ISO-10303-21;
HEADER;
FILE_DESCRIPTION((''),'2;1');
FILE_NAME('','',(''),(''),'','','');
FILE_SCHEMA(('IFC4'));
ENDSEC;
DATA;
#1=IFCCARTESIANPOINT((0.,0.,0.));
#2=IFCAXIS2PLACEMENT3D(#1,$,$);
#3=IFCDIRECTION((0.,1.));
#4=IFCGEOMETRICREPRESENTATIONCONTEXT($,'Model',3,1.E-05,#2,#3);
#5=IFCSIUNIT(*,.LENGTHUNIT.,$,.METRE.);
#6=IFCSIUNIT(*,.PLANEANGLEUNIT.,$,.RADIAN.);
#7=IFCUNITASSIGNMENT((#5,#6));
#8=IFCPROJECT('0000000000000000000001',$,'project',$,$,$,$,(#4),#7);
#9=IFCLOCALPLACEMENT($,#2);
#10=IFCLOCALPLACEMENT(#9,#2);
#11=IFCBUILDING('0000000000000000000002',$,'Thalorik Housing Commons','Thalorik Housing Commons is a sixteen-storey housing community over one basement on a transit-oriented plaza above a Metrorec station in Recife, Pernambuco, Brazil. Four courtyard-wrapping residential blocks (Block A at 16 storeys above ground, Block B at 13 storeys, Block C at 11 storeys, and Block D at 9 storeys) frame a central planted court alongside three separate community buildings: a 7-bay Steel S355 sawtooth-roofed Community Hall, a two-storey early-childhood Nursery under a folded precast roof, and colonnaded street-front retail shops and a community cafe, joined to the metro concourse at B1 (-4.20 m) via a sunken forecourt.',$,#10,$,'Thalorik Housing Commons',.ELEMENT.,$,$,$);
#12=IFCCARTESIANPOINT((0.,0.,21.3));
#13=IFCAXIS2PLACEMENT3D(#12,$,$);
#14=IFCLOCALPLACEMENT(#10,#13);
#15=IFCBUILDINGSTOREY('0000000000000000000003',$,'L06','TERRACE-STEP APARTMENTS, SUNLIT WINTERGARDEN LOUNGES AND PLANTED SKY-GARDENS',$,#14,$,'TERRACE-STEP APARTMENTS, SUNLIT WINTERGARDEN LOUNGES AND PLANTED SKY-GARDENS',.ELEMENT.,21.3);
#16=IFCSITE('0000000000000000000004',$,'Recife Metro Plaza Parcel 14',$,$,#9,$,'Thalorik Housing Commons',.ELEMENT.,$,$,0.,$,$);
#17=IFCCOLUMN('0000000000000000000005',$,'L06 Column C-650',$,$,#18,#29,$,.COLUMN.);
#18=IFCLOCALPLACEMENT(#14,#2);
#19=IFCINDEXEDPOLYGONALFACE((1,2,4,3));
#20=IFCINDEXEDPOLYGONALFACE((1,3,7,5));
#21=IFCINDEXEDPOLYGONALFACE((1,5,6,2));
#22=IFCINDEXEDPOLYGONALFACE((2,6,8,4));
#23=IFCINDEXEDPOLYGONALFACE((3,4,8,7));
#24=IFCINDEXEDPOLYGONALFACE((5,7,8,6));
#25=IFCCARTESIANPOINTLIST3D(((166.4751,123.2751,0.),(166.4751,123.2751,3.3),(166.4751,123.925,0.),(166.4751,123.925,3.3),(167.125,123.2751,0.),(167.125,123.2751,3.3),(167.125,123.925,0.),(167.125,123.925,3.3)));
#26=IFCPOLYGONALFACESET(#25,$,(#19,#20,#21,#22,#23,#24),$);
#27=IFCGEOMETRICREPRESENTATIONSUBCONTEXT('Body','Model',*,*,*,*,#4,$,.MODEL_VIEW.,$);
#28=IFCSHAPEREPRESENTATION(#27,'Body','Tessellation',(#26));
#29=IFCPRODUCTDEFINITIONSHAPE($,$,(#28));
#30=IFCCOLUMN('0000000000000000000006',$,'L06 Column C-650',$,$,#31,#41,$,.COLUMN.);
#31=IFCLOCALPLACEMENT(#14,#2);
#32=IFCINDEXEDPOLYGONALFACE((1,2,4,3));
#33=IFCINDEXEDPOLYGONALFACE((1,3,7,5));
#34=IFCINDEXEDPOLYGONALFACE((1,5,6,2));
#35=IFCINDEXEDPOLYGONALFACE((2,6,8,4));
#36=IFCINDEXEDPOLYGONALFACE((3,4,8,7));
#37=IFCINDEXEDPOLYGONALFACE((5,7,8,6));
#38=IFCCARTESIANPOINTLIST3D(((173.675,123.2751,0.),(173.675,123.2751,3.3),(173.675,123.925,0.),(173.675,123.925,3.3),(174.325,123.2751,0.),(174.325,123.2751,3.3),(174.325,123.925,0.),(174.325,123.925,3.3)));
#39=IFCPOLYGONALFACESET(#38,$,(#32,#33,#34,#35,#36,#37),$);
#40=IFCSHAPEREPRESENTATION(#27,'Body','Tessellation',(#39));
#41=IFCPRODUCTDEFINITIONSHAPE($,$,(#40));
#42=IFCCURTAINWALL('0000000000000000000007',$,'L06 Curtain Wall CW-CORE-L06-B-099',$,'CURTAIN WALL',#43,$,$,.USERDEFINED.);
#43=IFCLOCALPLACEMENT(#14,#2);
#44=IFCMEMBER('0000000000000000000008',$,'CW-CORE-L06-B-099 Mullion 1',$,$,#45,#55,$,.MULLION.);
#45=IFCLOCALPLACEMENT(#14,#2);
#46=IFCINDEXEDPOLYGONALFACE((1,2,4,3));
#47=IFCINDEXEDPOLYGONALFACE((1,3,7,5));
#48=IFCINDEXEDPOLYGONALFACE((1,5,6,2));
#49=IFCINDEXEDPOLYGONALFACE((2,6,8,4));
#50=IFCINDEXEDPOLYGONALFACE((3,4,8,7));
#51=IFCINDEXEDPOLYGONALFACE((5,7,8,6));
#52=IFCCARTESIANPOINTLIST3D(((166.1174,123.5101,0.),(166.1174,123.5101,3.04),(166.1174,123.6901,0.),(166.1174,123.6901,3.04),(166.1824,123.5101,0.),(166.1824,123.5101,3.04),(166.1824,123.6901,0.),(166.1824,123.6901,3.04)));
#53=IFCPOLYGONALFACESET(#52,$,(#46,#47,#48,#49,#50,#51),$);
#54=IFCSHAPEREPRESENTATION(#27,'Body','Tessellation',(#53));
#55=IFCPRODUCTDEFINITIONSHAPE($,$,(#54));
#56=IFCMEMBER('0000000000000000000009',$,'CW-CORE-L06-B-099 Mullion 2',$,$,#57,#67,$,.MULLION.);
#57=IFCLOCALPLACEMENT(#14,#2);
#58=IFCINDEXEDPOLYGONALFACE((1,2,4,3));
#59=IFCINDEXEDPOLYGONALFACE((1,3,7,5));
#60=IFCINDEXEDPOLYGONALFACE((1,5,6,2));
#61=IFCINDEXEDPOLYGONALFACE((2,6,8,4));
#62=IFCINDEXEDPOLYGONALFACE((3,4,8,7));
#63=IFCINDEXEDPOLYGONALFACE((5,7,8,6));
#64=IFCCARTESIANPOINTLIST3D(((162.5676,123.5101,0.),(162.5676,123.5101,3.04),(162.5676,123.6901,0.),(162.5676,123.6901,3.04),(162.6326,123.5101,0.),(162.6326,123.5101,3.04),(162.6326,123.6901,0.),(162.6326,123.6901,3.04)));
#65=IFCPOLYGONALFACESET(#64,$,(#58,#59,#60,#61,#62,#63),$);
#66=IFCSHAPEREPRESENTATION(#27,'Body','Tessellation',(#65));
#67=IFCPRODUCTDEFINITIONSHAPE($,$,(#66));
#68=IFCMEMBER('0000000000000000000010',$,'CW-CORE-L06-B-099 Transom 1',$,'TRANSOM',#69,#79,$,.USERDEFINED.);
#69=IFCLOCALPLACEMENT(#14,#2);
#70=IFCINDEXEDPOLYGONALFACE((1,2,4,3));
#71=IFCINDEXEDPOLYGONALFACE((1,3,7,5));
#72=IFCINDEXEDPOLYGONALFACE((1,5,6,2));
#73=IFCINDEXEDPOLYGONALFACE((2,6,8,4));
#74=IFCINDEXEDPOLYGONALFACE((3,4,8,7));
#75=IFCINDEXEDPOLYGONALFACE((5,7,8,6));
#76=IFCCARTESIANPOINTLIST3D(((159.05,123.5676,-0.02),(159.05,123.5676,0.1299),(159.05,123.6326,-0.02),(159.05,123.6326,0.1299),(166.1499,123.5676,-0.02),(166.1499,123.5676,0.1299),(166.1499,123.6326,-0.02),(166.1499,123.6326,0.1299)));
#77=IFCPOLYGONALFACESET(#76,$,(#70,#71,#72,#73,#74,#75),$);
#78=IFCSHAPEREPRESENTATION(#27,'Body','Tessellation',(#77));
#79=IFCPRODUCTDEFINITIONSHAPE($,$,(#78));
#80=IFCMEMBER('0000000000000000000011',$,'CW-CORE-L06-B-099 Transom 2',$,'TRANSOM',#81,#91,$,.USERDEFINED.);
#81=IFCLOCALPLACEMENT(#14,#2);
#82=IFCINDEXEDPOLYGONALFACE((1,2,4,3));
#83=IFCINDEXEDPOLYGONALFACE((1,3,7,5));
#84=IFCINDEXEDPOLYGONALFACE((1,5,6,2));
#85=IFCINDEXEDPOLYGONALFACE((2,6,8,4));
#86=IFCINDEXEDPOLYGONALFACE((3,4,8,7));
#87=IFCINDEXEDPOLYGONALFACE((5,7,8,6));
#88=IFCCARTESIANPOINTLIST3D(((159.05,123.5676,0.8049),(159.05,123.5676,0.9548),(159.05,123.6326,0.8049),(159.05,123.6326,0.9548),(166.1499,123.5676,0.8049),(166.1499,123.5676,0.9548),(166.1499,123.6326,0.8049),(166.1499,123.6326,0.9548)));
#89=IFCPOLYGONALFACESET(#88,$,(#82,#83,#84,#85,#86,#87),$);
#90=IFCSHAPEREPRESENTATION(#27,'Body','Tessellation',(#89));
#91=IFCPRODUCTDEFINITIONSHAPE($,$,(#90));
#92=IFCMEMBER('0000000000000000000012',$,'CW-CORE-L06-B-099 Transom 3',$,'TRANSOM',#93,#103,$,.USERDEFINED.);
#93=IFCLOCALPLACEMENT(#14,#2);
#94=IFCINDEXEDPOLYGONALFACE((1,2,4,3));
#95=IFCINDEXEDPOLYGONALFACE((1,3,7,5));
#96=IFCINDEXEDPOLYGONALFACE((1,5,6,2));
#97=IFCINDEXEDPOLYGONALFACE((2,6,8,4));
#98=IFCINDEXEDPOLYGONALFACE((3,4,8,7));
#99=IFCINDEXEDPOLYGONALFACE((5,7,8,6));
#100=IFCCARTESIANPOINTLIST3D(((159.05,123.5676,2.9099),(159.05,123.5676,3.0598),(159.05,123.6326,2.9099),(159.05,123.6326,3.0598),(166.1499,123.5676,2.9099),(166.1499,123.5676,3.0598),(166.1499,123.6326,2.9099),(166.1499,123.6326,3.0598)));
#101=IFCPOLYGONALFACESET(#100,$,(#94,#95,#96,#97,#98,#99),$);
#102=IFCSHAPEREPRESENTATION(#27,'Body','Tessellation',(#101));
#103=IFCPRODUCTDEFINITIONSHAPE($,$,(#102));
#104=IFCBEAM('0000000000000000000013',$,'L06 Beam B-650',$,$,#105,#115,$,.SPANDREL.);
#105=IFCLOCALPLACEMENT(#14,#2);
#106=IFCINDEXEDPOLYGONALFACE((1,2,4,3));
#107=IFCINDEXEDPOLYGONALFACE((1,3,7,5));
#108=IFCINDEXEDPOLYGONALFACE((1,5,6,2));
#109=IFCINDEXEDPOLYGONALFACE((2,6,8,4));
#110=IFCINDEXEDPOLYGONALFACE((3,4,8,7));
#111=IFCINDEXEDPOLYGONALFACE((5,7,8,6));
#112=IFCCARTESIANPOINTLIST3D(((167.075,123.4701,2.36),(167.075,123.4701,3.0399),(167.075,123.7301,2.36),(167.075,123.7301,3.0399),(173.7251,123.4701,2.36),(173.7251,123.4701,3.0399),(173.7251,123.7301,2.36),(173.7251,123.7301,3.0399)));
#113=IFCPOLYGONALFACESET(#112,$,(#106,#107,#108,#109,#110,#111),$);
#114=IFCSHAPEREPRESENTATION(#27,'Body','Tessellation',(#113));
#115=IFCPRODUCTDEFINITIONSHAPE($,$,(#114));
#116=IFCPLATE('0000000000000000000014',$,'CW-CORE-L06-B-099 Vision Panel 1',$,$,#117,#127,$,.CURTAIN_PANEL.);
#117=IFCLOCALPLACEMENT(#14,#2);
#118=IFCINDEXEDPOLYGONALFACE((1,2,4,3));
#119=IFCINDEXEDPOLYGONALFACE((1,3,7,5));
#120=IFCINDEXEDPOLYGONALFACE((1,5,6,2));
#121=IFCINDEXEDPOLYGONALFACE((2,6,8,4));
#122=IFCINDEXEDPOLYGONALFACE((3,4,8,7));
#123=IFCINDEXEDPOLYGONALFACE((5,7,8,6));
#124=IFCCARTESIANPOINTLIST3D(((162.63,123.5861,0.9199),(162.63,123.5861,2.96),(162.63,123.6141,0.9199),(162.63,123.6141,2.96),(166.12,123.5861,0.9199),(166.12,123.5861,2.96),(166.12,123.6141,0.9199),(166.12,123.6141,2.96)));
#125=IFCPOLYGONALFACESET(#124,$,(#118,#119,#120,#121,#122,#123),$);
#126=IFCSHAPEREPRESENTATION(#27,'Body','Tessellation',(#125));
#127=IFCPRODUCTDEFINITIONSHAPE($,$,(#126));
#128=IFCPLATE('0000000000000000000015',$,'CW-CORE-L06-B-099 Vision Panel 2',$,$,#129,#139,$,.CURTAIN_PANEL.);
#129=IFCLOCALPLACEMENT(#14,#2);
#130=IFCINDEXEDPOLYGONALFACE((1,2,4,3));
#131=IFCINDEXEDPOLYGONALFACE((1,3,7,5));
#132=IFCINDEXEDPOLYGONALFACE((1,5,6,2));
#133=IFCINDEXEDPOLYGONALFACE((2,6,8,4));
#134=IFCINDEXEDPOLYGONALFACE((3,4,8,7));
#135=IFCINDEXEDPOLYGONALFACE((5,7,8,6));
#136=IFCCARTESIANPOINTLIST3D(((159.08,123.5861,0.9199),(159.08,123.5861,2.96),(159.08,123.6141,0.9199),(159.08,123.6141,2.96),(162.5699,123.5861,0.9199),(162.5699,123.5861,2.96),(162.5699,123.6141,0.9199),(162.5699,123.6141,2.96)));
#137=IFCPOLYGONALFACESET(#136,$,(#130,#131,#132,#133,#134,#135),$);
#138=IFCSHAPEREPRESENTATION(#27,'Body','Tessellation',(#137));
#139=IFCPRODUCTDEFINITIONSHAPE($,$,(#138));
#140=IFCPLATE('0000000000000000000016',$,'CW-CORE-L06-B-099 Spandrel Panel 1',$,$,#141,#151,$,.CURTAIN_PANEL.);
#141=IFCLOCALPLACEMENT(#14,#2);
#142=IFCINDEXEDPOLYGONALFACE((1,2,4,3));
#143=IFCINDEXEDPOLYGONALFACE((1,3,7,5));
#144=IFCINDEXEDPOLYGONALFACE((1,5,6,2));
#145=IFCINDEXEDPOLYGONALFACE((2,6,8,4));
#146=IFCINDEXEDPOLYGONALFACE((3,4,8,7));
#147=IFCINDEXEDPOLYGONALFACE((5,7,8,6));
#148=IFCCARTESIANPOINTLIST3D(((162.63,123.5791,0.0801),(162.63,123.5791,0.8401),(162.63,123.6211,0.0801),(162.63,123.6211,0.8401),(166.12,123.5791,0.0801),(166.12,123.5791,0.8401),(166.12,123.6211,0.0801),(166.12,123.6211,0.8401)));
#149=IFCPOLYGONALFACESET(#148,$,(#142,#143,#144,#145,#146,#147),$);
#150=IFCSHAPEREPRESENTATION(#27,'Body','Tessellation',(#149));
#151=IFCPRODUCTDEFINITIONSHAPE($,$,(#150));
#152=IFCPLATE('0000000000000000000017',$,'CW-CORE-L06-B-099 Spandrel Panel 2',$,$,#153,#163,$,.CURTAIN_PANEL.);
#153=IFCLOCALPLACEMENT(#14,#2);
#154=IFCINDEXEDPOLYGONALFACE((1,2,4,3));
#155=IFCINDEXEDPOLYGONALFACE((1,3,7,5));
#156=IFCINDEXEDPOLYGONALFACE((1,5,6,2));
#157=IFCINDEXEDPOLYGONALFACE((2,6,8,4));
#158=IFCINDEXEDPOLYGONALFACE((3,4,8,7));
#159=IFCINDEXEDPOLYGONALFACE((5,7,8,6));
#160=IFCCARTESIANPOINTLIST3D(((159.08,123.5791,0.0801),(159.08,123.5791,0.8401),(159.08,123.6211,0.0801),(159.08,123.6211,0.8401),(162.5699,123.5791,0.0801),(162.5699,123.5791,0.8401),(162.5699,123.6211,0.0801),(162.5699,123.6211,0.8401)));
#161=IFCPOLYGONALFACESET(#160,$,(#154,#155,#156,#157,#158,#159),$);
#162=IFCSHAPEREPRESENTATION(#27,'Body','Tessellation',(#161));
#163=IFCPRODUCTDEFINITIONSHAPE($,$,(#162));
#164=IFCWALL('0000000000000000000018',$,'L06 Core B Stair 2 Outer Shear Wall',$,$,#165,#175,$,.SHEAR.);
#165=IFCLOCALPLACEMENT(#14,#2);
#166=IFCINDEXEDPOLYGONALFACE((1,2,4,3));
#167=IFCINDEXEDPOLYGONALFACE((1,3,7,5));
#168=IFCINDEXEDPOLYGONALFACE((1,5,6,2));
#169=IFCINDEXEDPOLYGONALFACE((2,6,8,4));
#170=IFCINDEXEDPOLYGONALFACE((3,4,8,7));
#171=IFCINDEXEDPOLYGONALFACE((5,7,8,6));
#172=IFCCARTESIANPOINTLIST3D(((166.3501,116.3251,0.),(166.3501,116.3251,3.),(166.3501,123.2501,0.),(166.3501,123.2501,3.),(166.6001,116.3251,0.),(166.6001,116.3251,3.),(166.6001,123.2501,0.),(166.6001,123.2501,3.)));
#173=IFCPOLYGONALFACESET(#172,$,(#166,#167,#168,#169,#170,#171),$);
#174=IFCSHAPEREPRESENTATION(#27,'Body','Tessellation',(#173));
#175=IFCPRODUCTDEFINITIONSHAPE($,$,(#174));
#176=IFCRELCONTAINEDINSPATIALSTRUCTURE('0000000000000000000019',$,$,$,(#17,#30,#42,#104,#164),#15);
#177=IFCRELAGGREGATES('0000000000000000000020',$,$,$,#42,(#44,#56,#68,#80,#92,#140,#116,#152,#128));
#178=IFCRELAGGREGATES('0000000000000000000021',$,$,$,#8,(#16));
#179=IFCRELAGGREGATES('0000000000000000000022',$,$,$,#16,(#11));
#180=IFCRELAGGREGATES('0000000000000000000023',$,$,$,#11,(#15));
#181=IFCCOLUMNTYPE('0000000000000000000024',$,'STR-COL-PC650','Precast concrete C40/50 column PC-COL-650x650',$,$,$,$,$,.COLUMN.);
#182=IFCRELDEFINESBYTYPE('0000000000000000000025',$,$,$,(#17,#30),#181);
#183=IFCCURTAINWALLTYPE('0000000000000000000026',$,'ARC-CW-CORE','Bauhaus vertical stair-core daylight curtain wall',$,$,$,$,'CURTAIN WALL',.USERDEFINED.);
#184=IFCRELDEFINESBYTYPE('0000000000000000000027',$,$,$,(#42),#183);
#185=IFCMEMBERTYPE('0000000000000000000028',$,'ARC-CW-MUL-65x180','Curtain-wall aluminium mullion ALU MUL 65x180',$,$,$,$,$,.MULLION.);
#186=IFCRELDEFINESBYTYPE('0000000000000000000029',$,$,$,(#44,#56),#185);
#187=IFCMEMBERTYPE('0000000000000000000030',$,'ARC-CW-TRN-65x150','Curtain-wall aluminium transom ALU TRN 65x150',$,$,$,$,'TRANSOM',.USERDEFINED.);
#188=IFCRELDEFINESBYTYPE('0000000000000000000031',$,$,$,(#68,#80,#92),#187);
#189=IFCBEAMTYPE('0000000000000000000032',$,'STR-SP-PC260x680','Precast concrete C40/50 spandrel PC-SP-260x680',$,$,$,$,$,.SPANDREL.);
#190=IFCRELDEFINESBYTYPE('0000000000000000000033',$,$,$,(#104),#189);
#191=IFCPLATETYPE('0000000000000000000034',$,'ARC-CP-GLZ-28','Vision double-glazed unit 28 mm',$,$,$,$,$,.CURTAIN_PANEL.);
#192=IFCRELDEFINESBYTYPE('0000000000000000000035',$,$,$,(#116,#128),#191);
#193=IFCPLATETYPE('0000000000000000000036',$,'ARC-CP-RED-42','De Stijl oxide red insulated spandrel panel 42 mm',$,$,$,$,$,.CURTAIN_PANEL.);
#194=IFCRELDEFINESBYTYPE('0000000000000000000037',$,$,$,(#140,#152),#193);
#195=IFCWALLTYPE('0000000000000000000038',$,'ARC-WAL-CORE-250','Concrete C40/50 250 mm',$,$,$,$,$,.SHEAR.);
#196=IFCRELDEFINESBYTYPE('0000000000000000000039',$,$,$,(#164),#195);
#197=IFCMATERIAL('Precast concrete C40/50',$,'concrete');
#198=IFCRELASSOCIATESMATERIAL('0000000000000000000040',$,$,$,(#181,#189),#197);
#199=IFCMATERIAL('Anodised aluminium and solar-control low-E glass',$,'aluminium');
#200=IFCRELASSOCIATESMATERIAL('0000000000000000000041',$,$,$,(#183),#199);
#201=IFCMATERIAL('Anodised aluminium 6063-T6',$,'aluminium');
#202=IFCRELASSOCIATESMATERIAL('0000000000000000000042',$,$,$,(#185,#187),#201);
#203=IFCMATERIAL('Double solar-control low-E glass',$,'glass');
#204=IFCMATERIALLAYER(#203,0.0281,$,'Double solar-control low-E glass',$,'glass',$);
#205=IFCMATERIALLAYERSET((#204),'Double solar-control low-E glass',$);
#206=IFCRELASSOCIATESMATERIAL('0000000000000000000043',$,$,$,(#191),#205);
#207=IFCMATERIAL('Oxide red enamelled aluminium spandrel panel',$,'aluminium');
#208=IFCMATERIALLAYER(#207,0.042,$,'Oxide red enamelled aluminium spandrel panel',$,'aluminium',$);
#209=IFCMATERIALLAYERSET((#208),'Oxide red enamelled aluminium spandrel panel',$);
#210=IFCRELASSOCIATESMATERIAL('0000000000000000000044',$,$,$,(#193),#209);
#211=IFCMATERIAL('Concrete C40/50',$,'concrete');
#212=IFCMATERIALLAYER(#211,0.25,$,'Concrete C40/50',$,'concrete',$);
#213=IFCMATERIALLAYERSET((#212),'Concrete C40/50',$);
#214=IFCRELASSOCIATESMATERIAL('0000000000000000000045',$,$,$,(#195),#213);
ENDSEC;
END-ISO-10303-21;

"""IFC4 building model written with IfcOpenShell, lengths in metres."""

from ifc_helpers import new_model, si_unit, direction, frame, frame_2d, origin, origin_2d, place, context, subcontext, project, spatial, rectangle, extrude, material, layer, layer_set, material_profile, profile_set, type_object, element, aggregate, save


model = new_model("IFC4")

# Units and contexts
model_context = context("Model", 3, precision=1e-05, world=origin(), true_north=direction((0.0, 1.0)))
body_context = subcontext(model_context, "Body", "Model", "MODEL_VIEW")
ifc_project = project(units=[si_unit("LENGTHUNIT", "METRE"), si_unit("PLANEANGLEUNIT", "RADIAN")], contexts=[model_context])

# Site, building, storey
site_placement = place(None, origin())
site = spatial("IfcSite", under=ifc_project, at=site_placement, Name="Recife Metro Plaza Parcel 14", LongName="Thalorik Housing Commons", CompositionType="ELEMENT", RefElevation=0.0)
building_placement = place(site_placement, origin())
building = spatial("IfcBuilding", under=site, at=building_placement, Name="Thalorik Housing Commons", Description="Thalorik Housing Commons is a sixteen-storey housing community over one basement on a transit-oriented plaza above a Metrorec station in Recife, Pernambuco, Brazil. Four courtyard-wrapping residential blocks (Block A at 16 storeys above ground, Block B at 13 storeys, Block C at 11 storeys, and Block D at 9 storeys) frame a central planted court alongside three separate community buildings: a 7-bay Steel S355 sawtooth-roofed Community Hall, a two-storey early-childhood Nursery under a folded precast roof, and colonnaded street-front retail shops and a community cafe, joined to the metro concourse at B1 (-4.20 m) via a sunken forecourt.", LongName="Thalorik Housing Commons", CompositionType="ELEMENT")
storey_placement = place(building_placement, frame((0.0, 0.0, 21.3)))
storey = spatial("IfcBuildingStorey", under=building, at=storey_placement, Name="L06", Description="TERRACE-STEP APARTMENTS, SUNLIT WINTERGARDEN LOUNGES AND PLANTED SKY-GARDENS", LongName="TERRACE-STEP APARTMENTS, SUNLIT WINTERGARDEN LOUNGES AND PLANTED SKY-GARDENS", CompositionType="ELEMENT", Elevation=21.3)

# Columns
ifc_material_1 = material(Name="Precast concrete C40/50", Category="concrete")
ifc_material_profile_1 = material_profile(ifc_material_1, rectangle(XDim=0.6499, YDim=0.6499, at=origin_2d()), Name="PC 650x650", Category="concrete")
ifc_profile_set_1 = profile_set([ifc_material_profile_1], Name="Precast concrete C40/50")
column_type = type_object("IfcColumnType", Name="STR-COL-PC650", Description="Precast concrete C40/50 column PC-COL-650x650", PredefinedType="COLUMN", material=ifc_profile_set_1)
for number, where, z_axis, x_axis, name in (
    (1, (166.8, 123.6001, 0.0), (0.0, 0.0, 1.0), (1.0, 0.0, 0.0), "L06 Column C-650"),
    (2, (174.0, 123.6001, 0.0), (0.0, 0.0, 1.0), (1.0, 0.0, 0.0), "L06 Column C-650"),
):
    element("IfcColumn", number, at=place(storey_placement, frame(where, z_axis=z_axis, x_axis=x_axis)), inside=storey, type_object=column_type, Name=name, PredefinedType="COLUMN", context=body_context, shape_type="SweptSolid", body=[
        extrude(rectangle(XDim=0.6499, YDim=0.6499, at=origin_2d()), origin(), (0.0, 0.0, 1.0), 3.3),
    ])

# Curtain wall, members
ifc_material_2 = material(Name="Anodised aluminium and solar-control low-E glass", Category="aluminium")
curtain_wall_type = type_object("IfcCurtainWallType", Name="ARC-CW-CORE", Description="Bauhaus vertical stair-core daylight curtain wall", ElementType="CURTAIN WALL", PredefinedType="USERDEFINED", material=ifc_material_2)
curtain_wall_placement = place(storey_placement, origin())
curtain_wall = element("IfcCurtainWall", 3, at=curtain_wall_placement, inside=storey, type_object=curtain_wall_type, Name="L06 Curtain Wall CW-CORE-L06-B-099", ObjectType="CURTAIN WALL", PredefinedType="USERDEFINED")
ifc_material_3 = material(Name="Anodised aluminium 6063-T6", Category="aluminium")
ifc_material_profile_2 = material_profile(ifc_material_3, rectangle(XDim=0.0649, YDim=0.1799, at=origin_2d()), Name="ALU MUL 65x180", Category="aluminium")
ifc_profile_set_2 = profile_set([ifc_material_profile_2], Name="Anodised aluminium 6063-T6")
member_type_1 = type_object("IfcMemberType", Name="ARC-CW-MUL-65x180", Description="Curtain-wall aluminium mullion ALU MUL 65x180", PredefinedType="MULLION", material=ifc_profile_set_2)
member_1_placement = place(storey_placement, frame((166.1499, 123.6001, 0.0), z_axis=(0.0, 0.0, 1.0), x_axis=(-1.0, 0.0, 0.0)))
member_1 = element("IfcMember", 4, at=member_1_placement, type_object=member_type_1, Name="CW-CORE-L06-B-099 Mullion 1", PredefinedType="MULLION", context=body_context, shape_type="SweptSolid", body=[
    extrude(rectangle(XDim=0.0649, YDim=0.1799, at=origin_2d()), origin(), (0.0, 0.0, 1.0), 3.04),
])
member_2_placement = place(storey_placement, frame((162.6001, 123.6001, 0.0), z_axis=(0.0, 0.0, 1.0), x_axis=(-1.0, 0.0, 0.0)))
member_2 = element("IfcMember", 5, at=member_2_placement, type_object=member_type_1, Name="CW-CORE-L06-B-099 Mullion 2", PredefinedType="MULLION", context=body_context, shape_type="SweptSolid", body=[
    extrude(rectangle(XDim=0.0649, YDim=0.1799, at=origin_2d()), origin(), (0.0, 0.0, 1.0), 3.04),
])
ifc_material_profile_3 = material_profile(ifc_material_3, rectangle(XDim=0.0649, YDim=0.1499, at=origin_2d()), Name="ALU TRN 65x150", Category="aluminium")
ifc_profile_set_3 = profile_set([ifc_material_profile_3], Name="Anodised aluminium 6063-T6")
member_type_2 = type_object("IfcMemberType", Name="ARC-CW-TRN-65x150", Description="Curtain-wall aluminium transom ALU TRN 65x150", ElementType="TRANSOM", PredefinedType="USERDEFINED", material=ifc_profile_set_3)
member_3_placement = place(storey_placement, frame((166.1499, 123.6001, 0.0549), z_axis=(-1.0, 0.0, 0.0), x_axis=(0.0, -1.0, 0.0)))
member_3 = element("IfcMember", 6, at=member_3_placement, type_object=member_type_2, Name="CW-CORE-L06-B-099 Transom 1", ObjectType="TRANSOM", PredefinedType="USERDEFINED", context=body_context, shape_type="SweptSolid", body=[
    extrude(rectangle(XDim=0.0649, YDim=0.1499, at=origin_2d()), origin(), (0.0, 0.0, 1.0), 7.0999),
])
member_4_placement = place(storey_placement, frame((166.1499, 123.6001, 0.8799), z_axis=(-1.0, 0.0, 0.0), x_axis=(0.0, -1.0, 0.0)))
member_4 = element("IfcMember", 7, at=member_4_placement, type_object=member_type_2, Name="CW-CORE-L06-B-099 Transom 2", ObjectType="TRANSOM", PredefinedType="USERDEFINED", context=body_context, shape_type="SweptSolid", body=[
    extrude(rectangle(XDim=0.0649, YDim=0.1499, at=origin_2d()), origin(), (0.0, 0.0, 1.0), 7.0999),
])
member_5_placement = place(storey_placement, frame((166.1499, 123.6001, 2.9849), z_axis=(-1.0, 0.0, 0.0), x_axis=(0.0, -1.0, 0.0)))
member_5 = element("IfcMember", 8, at=member_5_placement, type_object=member_type_2, Name="CW-CORE-L06-B-099 Transom 3", ObjectType="TRANSOM", PredefinedType="USERDEFINED", context=body_context, shape_type="SweptSolid", body=[
    extrude(rectangle(XDim=0.0649, YDim=0.1499, at=origin_2d()), origin(), (0.0, 0.0, 1.0), 7.0999),
])

# Beam
ifc_material_profile_4 = material_profile(ifc_material_1, rectangle(XDim=0.26, YDim=0.6799, at=origin_2d()), Name="PC SP 260x680", Category="concrete")
ifc_profile_set_4 = profile_set([ifc_material_profile_4], Name="Precast concrete C40/50")
beam_type = type_object("IfcBeamType", Name="STR-SP-PC260x680", Description="Precast concrete C40/50 spandrel PC-SP-260x680", PredefinedType="SPANDREL", material=ifc_profile_set_4)
beam_placement = place(storey_placement, frame((167.075, 123.6001, 2.7), z_axis=(1.0, 0.0, 0.0), x_axis=(0.0, 1.0, 0.0)))
element("IfcBeam", 9, at=beam_placement, inside=storey, type_object=beam_type, Name="L06 Beam B-650", PredefinedType="SPANDREL", context=body_context, shape_type="SweptSolid", body=[
    extrude(rectangle(XDim=0.26, YDim=0.6799, at=origin_2d()), origin(), (0.0, 0.0, 1.0), 6.6501),
])

# Plates
ifc_material_4 = material(Name="Double solar-control low-E glass", Category="glass")
ifc_layer_1 = layer(ifc_material_4, 0.0281, Name="Double solar-control low-E glass", Category="glass")
ifc_layer_set_1 = layer_set([ifc_layer_1], Name="Double solar-control low-E glass")
plate_type_1 = type_object("IfcPlateType", Name="ARC-CP-GLZ-28", Description="Vision double-glazed unit 28 mm", PredefinedType="CURTAIN_PANEL", material=ifc_layer_set_1)
plate_1_placement = place(storey_placement, frame((164.375, 123.6001, 0.9199), z_axis=(0.0, 0.0, 1.0), x_axis=(-1.0, 0.0, 0.0)))
plate_1 = element("IfcPlate", 10, at=plate_1_placement, type_object=plate_type_1, Name="CW-CORE-L06-B-099 Vision Panel 1", PredefinedType="CURTAIN_PANEL", context=body_context, shape_type="SweptSolid", body=[
    extrude(rectangle(XDim=3.49, YDim=0.0281, at=origin_2d()), origin(), (0.0, 0.0, 1.0), 2.04),
])
plate_2_placement = place(storey_placement, frame((160.825, 123.6001, 0.9199), z_axis=(0.0, 0.0, 1.0), x_axis=(-1.0, 0.0, 0.0)))
plate_2 = element("IfcPlate", 11, at=plate_2_placement, type_object=plate_type_1, Name="CW-CORE-L06-B-099 Vision Panel 2", PredefinedType="CURTAIN_PANEL", context=body_context, shape_type="SweptSolid", body=[
    extrude(rectangle(XDim=3.49, YDim=0.0281, at=origin_2d()), origin(), (0.0, 0.0, 1.0), 2.04),
])
ifc_material_5 = material(Name="Oxide red enamelled aluminium spandrel panel", Category="aluminium")
ifc_layer_2 = layer(ifc_material_5, 0.042, Name="Oxide red enamelled aluminium spandrel panel", Category="aluminium")
ifc_layer_set_2 = layer_set([ifc_layer_2], Name="Oxide red enamelled aluminium spandrel panel")
plate_type_2 = type_object("IfcPlateType", Name="ARC-CP-RED-42", Description="De Stijl oxide red insulated spandrel panel 42 mm", PredefinedType="CURTAIN_PANEL", material=ifc_layer_set_2)
plate_3_placement = place(storey_placement, frame((164.375, 123.6001, 0.0801), z_axis=(0.0, 0.0, 1.0), x_axis=(-1.0, 0.0, 0.0)))
plate_3 = element("IfcPlate", 12, at=plate_3_placement, type_object=plate_type_2, Name="CW-CORE-L06-B-099 Spandrel Panel 1", PredefinedType="CURTAIN_PANEL", context=body_context, shape_type="SweptSolid", body=[
    extrude(rectangle(XDim=3.49, YDim=0.042, at=origin_2d()), origin(), (0.0, 0.0, 1.0), 0.76),
])
plate_4_placement = place(storey_placement, frame((160.825, 123.6001, 0.0801), z_axis=(0.0, 0.0, 1.0), x_axis=(-1.0, 0.0, 0.0)))
plate_4 = element("IfcPlate", 13, at=plate_4_placement, type_object=plate_type_2, Name="CW-CORE-L06-B-099 Spandrel Panel 2", PredefinedType="CURTAIN_PANEL", context=body_context, shape_type="SweptSolid", body=[
    extrude(rectangle(XDim=3.49, YDim=0.042, at=origin_2d()), origin(), (0.0, 0.0, 1.0), 0.76),
])
aggregate(curtain_wall, [member_1, member_2, member_3, member_4, member_5, plate_3, plate_1, plate_4, plate_2])

# Wall
ifc_material_6 = material(Name="Concrete C40/50", Category="concrete")
ifc_layer_3 = layer(ifc_material_6, 0.25, Name="Concrete C40/50", Category="concrete")
ifc_layer_set_3 = layer_set([ifc_layer_3], Name="Concrete C40/50")
wall_type_1 = type_object("IfcWallType", Name="ARC-WAL-CORE-250", Description="Concrete C40/50 250 mm", PredefinedType="SHEAR", material=ifc_layer_set_3)
wall_1_placement = place(storey_placement, frame((166.4751, 123.25, 0.0), z_axis=(0.0, 0.0, 1.0), x_axis=(0.0, -1.0, 0.0)))
element("IfcWall", 14, at=wall_1_placement, inside=storey, type_object=wall_type_1, Name="L06 Core B Stair 2 Outer Shear Wall", PredefinedType="SHEAR", context=body_context, shape_type="SweptSolid", body=[
    extrude(rectangle(XDim=6.925, YDim=0.25, at=frame_2d((3.4624, 0.0))), origin(), (0.0, 0.0, 1.0), 3.0),
])

save(model, "model.ifc")
